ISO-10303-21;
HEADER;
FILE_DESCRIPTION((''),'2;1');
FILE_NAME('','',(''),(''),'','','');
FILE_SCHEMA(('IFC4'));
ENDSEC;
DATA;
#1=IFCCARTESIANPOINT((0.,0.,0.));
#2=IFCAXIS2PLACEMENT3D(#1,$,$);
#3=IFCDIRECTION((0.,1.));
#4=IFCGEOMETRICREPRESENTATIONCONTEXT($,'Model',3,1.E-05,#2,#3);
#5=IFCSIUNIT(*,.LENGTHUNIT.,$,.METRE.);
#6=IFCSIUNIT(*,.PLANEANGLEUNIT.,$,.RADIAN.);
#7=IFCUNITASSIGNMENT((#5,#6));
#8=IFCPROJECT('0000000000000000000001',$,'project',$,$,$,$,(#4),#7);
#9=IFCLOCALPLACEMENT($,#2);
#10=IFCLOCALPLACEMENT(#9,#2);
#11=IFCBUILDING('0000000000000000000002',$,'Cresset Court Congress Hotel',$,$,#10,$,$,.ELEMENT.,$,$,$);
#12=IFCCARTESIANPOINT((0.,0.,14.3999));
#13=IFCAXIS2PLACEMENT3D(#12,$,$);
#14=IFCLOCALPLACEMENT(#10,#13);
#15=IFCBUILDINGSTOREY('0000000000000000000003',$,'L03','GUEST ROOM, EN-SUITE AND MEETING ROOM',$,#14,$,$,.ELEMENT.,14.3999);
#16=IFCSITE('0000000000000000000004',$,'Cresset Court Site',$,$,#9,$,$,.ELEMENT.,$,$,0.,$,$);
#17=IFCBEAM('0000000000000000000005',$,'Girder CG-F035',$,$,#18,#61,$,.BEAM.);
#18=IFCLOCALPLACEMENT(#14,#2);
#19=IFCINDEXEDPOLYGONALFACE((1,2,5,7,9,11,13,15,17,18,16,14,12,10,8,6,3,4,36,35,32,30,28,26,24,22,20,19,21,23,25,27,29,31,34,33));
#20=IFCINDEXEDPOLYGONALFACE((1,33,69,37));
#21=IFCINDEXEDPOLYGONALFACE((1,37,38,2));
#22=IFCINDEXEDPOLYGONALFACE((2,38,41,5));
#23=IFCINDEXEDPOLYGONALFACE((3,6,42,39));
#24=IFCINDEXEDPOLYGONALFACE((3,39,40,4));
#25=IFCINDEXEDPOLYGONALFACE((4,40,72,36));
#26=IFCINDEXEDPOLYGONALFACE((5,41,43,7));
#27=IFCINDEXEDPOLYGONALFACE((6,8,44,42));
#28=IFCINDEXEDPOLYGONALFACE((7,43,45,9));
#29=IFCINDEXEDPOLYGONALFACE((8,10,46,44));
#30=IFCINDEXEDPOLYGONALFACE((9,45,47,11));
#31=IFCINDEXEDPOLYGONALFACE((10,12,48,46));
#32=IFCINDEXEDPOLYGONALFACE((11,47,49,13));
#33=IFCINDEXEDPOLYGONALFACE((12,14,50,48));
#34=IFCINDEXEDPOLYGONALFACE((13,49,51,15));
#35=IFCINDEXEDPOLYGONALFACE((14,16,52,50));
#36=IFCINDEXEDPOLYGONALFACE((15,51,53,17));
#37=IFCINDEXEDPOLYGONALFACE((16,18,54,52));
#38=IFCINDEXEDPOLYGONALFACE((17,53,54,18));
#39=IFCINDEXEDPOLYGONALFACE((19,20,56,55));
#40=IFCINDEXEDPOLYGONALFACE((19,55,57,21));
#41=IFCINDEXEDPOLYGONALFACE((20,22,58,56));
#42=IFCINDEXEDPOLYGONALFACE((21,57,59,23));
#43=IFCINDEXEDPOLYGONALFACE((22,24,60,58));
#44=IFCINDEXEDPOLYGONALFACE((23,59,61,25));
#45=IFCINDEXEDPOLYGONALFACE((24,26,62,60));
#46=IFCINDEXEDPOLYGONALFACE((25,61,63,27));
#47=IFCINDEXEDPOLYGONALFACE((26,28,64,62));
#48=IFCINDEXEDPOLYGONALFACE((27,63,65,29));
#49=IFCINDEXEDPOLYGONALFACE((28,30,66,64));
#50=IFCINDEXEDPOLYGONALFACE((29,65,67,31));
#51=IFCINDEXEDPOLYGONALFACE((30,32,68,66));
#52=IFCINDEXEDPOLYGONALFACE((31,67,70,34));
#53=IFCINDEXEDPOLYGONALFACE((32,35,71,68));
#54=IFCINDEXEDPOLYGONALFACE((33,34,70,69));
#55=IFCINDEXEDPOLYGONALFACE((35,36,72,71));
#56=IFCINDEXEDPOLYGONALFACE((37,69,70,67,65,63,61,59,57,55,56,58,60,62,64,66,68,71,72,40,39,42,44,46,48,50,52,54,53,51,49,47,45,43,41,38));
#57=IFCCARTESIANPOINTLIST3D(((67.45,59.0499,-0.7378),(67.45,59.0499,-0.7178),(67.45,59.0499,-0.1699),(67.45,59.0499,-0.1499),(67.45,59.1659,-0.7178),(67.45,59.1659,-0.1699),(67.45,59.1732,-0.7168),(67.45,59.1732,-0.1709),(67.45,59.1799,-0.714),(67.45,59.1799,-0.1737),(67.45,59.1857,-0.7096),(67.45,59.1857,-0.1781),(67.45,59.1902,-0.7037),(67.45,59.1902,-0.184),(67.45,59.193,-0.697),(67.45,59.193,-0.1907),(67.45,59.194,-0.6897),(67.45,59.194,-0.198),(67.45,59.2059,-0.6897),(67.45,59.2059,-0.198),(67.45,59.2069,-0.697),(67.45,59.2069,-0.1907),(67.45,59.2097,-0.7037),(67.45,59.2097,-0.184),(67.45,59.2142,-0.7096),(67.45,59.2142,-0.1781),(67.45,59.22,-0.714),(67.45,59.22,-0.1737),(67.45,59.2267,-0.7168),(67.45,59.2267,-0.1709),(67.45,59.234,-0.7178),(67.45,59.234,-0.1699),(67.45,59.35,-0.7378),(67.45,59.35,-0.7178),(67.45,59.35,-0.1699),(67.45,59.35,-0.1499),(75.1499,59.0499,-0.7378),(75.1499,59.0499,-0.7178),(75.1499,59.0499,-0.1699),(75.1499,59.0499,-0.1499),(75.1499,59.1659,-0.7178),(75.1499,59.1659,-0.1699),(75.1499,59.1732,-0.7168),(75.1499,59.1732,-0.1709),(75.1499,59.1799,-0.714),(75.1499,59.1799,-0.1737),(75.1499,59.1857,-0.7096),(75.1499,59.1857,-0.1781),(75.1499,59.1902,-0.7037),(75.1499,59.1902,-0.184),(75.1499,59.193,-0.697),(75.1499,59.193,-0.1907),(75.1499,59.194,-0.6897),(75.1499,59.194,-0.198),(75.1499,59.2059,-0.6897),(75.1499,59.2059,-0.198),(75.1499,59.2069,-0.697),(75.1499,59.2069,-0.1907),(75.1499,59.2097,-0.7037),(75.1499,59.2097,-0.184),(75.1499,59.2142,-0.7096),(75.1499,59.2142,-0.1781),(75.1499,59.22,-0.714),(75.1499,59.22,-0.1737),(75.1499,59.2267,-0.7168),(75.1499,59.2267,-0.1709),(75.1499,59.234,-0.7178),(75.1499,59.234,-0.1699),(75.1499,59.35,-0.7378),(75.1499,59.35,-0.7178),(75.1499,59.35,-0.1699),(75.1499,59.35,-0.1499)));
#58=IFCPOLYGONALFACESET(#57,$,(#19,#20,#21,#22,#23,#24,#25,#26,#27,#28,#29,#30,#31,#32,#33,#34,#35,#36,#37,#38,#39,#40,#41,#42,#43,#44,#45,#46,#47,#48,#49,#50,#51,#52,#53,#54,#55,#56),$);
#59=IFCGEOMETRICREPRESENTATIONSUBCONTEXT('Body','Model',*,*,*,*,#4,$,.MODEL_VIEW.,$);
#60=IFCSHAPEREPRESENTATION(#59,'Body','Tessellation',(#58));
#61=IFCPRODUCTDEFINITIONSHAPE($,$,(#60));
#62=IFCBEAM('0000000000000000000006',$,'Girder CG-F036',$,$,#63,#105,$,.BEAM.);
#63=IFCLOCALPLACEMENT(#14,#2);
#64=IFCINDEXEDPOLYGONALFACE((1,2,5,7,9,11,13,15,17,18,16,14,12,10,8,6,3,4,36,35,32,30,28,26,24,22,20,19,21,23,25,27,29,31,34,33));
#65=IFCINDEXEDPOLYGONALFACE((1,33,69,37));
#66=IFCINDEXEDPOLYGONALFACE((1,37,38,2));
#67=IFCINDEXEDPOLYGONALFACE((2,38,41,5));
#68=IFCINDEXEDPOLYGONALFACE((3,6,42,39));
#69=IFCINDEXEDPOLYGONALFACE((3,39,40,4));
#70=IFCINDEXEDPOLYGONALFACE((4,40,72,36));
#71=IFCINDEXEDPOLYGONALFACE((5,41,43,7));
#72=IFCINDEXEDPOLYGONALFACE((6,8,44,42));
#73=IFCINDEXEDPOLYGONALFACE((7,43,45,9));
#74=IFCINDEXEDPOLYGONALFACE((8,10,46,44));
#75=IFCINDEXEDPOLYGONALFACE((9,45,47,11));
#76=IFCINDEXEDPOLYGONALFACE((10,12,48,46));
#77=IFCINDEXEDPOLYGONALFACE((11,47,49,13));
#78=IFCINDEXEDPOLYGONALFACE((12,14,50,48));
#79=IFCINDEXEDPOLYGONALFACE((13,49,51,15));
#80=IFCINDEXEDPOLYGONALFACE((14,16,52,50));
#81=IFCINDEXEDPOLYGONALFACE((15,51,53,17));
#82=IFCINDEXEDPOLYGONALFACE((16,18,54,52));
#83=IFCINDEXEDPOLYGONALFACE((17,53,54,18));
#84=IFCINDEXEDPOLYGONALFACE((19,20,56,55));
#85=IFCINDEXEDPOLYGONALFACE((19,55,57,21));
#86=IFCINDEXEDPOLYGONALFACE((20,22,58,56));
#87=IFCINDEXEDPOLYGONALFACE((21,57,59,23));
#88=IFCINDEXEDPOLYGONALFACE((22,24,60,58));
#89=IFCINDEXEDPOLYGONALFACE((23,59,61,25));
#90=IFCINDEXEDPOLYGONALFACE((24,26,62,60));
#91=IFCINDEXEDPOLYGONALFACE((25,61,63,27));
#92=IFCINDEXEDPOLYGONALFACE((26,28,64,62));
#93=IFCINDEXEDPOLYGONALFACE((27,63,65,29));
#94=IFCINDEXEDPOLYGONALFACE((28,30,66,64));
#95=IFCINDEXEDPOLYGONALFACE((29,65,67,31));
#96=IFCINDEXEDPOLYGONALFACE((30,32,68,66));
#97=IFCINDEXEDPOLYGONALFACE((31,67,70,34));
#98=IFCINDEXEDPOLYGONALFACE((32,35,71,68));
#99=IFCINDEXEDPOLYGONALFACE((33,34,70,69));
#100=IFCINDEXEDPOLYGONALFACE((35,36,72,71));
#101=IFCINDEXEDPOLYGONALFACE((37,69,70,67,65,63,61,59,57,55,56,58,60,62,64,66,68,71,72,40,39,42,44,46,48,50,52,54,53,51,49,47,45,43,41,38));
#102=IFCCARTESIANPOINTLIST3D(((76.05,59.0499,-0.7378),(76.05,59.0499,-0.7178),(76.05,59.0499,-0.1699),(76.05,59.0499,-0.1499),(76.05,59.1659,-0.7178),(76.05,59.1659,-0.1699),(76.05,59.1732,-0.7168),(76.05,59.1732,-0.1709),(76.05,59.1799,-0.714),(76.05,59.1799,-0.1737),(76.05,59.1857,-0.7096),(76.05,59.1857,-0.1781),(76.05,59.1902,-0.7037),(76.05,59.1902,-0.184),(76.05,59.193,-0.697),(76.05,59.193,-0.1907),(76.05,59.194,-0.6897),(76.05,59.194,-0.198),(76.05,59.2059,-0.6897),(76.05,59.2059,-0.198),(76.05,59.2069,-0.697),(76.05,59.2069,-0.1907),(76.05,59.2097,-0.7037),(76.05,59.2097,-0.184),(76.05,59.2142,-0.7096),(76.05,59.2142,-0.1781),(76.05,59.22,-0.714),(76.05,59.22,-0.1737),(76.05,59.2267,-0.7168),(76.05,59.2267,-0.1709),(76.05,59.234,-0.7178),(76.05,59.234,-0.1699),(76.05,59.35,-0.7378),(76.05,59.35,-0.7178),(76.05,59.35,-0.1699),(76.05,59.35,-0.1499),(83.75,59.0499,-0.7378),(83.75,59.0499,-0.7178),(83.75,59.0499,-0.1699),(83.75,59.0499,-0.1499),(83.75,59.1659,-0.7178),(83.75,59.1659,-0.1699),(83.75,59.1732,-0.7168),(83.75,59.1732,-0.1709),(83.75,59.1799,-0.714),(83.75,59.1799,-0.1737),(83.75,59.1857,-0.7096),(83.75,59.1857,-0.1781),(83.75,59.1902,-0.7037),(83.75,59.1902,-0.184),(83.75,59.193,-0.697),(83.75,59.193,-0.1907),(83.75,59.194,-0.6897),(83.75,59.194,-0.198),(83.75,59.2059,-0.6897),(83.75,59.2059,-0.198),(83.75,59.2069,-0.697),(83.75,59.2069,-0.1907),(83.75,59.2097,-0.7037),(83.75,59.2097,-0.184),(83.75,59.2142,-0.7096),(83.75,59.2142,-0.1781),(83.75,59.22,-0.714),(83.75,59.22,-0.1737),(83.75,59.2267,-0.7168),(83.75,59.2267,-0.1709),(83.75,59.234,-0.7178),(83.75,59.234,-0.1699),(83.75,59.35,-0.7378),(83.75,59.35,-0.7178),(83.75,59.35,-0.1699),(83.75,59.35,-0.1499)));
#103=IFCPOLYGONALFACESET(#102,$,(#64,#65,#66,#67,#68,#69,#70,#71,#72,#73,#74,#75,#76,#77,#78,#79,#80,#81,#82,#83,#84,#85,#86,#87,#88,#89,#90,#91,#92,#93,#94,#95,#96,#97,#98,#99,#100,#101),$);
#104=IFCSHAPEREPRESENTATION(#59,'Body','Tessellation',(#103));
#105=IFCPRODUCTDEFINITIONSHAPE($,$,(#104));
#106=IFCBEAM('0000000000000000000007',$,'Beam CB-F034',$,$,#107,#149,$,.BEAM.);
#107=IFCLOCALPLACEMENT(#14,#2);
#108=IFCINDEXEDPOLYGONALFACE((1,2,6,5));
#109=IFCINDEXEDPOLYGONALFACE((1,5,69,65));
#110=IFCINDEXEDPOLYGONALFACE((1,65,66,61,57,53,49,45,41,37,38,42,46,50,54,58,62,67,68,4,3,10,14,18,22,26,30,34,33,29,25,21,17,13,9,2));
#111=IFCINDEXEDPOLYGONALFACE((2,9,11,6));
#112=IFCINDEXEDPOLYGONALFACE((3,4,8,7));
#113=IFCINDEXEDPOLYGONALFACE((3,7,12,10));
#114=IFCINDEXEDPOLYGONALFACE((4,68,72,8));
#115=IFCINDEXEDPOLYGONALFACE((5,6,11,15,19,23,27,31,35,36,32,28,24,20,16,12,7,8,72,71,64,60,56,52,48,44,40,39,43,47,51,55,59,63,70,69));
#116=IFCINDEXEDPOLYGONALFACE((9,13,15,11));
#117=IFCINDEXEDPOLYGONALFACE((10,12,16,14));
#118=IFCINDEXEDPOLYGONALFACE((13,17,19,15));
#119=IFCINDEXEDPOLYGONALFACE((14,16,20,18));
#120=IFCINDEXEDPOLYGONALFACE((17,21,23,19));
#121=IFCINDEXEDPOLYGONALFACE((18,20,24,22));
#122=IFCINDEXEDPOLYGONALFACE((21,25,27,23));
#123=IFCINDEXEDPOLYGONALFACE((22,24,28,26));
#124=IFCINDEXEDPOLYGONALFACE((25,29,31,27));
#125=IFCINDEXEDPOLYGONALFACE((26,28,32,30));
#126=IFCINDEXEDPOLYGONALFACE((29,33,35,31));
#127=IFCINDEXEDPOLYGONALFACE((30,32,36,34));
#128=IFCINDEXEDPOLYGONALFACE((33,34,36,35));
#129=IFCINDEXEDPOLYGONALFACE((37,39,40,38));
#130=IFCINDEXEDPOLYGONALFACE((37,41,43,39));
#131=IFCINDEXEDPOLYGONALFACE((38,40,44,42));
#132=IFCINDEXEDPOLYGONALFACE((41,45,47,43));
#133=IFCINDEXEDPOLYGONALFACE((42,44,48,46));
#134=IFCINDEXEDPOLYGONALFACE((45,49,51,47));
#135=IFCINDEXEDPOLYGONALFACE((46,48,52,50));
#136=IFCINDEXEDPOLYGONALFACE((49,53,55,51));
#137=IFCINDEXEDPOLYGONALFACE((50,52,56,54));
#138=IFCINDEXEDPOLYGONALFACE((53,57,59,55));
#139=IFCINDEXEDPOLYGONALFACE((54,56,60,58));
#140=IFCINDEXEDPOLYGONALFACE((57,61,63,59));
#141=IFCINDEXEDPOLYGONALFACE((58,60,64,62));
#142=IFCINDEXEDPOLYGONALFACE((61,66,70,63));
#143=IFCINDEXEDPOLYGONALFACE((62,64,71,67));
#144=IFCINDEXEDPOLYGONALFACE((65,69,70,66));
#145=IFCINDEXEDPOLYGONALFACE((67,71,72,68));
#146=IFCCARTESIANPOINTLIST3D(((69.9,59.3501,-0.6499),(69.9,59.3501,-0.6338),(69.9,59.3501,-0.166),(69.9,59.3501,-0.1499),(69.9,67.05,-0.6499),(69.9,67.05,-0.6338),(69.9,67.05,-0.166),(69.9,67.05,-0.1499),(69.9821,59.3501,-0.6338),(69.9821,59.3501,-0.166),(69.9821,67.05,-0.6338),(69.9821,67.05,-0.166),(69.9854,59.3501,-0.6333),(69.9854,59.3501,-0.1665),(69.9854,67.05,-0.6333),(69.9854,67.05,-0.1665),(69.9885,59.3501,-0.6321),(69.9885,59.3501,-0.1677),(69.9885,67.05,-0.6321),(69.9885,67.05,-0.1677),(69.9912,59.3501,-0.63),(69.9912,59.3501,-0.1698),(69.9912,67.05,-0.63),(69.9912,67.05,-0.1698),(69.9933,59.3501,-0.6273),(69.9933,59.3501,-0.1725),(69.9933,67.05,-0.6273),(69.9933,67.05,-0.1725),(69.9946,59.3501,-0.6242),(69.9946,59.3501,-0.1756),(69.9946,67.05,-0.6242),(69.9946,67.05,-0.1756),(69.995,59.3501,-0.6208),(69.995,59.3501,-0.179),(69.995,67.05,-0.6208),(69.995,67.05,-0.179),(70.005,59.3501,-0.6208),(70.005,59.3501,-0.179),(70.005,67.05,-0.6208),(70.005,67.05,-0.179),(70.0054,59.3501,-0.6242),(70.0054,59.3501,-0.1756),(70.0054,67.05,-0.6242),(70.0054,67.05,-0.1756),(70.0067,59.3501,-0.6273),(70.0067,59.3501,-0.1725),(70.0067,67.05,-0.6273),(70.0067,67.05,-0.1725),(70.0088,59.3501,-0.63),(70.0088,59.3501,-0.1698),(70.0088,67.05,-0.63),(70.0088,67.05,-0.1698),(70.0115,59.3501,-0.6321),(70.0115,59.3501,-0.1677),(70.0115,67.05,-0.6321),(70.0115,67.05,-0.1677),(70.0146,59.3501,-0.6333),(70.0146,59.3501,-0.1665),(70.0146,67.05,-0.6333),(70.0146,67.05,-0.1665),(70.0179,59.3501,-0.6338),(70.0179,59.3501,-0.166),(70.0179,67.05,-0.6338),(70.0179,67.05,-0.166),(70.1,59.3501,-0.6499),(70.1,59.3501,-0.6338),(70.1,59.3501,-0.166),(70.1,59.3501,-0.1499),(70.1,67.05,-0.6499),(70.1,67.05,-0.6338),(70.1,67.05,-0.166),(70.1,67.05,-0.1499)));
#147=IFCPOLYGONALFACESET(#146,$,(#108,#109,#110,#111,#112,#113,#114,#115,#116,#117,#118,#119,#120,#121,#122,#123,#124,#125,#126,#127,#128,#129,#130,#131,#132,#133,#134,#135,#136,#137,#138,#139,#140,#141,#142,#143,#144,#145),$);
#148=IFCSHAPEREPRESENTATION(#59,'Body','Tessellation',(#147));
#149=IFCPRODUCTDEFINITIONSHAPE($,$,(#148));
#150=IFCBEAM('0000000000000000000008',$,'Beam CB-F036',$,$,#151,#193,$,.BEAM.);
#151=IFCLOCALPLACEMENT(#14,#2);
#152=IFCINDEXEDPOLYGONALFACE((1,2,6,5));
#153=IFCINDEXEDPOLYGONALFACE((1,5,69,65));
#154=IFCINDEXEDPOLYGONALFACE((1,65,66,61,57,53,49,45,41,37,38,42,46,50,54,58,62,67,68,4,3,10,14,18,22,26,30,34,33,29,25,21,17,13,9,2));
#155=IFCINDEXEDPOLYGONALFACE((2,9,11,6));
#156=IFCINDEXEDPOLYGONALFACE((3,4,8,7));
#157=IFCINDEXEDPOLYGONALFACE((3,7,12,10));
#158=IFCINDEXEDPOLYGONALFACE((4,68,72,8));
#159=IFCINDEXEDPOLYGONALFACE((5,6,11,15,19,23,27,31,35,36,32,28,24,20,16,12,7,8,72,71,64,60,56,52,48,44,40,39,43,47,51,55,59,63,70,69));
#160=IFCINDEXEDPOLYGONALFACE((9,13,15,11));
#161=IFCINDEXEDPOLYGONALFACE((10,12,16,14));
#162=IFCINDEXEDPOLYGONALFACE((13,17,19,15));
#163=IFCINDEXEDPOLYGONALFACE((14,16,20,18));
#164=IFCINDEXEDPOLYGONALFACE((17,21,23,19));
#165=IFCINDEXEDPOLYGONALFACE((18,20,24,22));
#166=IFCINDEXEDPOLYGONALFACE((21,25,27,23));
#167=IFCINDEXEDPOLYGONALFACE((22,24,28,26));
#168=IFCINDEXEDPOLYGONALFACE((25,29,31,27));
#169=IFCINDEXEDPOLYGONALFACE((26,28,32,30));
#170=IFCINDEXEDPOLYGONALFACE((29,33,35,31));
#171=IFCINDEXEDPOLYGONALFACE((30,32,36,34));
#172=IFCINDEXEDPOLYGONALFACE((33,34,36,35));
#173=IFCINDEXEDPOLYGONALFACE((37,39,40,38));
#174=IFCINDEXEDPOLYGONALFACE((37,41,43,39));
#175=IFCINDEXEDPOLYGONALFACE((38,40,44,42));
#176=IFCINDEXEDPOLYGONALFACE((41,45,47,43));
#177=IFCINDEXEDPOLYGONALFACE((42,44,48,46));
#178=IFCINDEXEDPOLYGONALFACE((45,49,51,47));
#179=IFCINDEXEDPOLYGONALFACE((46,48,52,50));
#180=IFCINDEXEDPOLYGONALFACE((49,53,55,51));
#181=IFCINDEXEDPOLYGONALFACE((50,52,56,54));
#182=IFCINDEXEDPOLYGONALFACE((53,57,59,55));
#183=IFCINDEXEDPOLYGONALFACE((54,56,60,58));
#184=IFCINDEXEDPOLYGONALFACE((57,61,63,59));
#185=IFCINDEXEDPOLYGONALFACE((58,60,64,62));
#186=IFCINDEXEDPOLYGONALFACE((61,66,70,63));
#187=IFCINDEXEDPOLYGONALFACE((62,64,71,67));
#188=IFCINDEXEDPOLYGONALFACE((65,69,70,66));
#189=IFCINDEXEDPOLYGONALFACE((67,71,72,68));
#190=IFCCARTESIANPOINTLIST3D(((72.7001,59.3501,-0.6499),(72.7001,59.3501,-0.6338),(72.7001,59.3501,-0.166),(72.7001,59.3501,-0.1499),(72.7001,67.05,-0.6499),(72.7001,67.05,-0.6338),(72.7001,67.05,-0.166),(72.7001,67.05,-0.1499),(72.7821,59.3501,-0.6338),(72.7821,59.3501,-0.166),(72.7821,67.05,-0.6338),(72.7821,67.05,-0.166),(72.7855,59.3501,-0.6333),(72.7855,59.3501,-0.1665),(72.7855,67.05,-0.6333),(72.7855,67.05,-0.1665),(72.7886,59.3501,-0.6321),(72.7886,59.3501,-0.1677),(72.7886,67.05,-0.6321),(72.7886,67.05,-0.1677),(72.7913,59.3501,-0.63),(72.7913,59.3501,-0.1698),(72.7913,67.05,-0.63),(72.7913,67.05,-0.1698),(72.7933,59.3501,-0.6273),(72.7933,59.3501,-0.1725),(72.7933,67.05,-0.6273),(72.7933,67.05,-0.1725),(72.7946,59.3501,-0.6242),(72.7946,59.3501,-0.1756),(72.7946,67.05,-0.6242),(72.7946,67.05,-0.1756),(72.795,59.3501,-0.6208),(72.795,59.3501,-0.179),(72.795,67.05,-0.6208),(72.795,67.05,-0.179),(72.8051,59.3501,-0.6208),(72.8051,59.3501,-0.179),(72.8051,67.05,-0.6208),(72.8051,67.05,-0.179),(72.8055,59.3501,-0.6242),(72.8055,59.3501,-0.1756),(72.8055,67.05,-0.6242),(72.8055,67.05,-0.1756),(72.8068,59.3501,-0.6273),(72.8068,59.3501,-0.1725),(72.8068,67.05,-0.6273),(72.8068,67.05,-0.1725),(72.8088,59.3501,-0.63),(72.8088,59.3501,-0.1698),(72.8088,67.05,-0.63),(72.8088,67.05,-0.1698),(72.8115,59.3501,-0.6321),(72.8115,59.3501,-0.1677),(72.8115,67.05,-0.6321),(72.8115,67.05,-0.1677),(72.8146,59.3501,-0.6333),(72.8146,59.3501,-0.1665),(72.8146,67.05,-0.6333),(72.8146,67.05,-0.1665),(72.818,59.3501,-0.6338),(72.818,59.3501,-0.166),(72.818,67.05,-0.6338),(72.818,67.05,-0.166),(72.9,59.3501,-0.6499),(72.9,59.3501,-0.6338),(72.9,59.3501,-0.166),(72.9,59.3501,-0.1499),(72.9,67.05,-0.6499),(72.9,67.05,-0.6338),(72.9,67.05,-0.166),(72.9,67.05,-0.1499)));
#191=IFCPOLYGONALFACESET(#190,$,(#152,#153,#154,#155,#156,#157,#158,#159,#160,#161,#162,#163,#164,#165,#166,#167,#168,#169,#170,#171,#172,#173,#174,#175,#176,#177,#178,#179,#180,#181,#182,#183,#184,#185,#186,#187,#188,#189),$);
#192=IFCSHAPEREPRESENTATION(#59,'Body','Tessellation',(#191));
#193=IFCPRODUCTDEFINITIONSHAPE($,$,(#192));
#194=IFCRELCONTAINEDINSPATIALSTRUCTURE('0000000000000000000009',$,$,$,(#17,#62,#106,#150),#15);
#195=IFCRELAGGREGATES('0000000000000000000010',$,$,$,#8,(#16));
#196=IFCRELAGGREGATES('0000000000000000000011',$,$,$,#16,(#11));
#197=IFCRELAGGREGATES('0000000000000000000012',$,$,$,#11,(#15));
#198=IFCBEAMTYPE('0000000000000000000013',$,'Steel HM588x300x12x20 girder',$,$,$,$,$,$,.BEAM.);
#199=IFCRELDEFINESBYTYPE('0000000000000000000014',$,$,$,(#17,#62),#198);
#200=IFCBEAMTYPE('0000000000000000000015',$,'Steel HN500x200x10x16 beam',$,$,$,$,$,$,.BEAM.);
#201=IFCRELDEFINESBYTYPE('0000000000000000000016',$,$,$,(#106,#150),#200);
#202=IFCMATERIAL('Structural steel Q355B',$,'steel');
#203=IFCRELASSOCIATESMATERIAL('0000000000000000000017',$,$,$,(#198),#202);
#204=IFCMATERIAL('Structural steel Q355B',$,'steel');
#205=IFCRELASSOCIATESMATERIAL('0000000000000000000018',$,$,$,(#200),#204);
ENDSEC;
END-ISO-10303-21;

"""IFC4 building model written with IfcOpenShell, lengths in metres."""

from ifc_helpers import new_model, si_unit, direction, frame, origin, origin_2d, place, context, subcontext, project, spatial, i_section, extrude, material, material_profile, profile_set, type_object, element, save


model = new_model("IFC4")

# Units and contexts
model_context = context("Model", 3, precision=1e-05, world=origin(), true_north=direction((0.0, 1.0)))
body_context = subcontext(model_context, "Body", "Model", "MODEL_VIEW")
ifc_project = project(units=[si_unit("LENGTHUNIT", "METRE"), si_unit("PLANEANGLEUNIT", "RADIAN")], contexts=[model_context])

# Site, building, storey
site_placement = place(None, origin())
site = spatial("IfcSite", under=ifc_project, at=site_placement, Name="Cresset Court Site", CompositionType="ELEMENT", RefElevation=0.0)
building_placement = place(site_placement, origin())
building = spatial("IfcBuilding", under=site, at=building_placement, Name="Cresset Court Congress Hotel", CompositionType="ELEMENT")
storey_placement = place(building_placement, frame((0.0, 0.0, 14.3999)))
storey = spatial("IfcBuildingStorey", under=building, at=storey_placement, Name="L03", Description="GUEST ROOM, EN-SUITE AND MEETING ROOM", CompositionType="ELEMENT", Elevation=14.3999)

# Beams
ifc_material_1 = material(Name="Structural steel Q355B", Category="steel")
ifc_material_profile_1 = material_profile(ifc_material_1, i_section(OverallWidth=0.3, OverallDepth=0.5879, WebThickness=0.012, FlangeThickness=0.02, FilletRadius=0.0281, at=origin_2d()), Name="HM588x300x12x20")
ifc_profile_set_1 = profile_set([ifc_material_profile_1], Name="Structural steel Q355B")
beam_type_1 = type_object("IfcBeamType", Name="Steel HM588x300x12x20 girder", PredefinedType="BEAM", material=ifc_profile_set_1)
for number, where, z_axis, x_axis, name in (
    (1, (67.45, 59.2, -0.4438), (1.0, 0.0, 0.0), (0.0, 1.0, 0.0), "Girder CG-F035"),
    (2, (76.05, 59.2, -0.4438), (1.0, 0.0, 0.0), (0.0, 1.0, 0.0), "Girder CG-F036"),
):
    element("IfcBeam", number, at=place(storey_placement, frame(where, z_axis=z_axis, x_axis=x_axis)), inside=storey, type_object=beam_type_1, Name=name, PredefinedType="BEAM", context=body_context, shape_type="SweptSolid", body=[
        extrude(i_section(OverallWidth=0.3, OverallDepth=0.5879, WebThickness=0.012, FlangeThickness=0.02, FilletRadius=0.0281, at=origin_2d()), origin(), (0.0, 0.0, 1.0), 7.7),
    ])
ifc_material_2 = material(Name="Structural steel Q355B", Category="steel")
ifc_material_profile_2 = material_profile(ifc_material_2, i_section(OverallWidth=0.2, OverallDepth=0.5, WebThickness=0.01, FlangeThickness=0.0161, FilletRadius=0.0129, at=origin_2d()), Name="HN500x200x10x16")
ifc_profile_set_2 = profile_set([ifc_material_profile_2], Name="Structural steel Q355B")
beam_type_2 = type_object("IfcBeamType", Name="Steel HN500x200x10x16 beam", PredefinedType="BEAM", material=ifc_profile_set_2)
for number, where, z_axis, x_axis, name in (
    (3, (70.0, 59.3501, -0.3999), (0.0, 1.0, 0.0), (-1.0, 0.0, 0.0), "Beam CB-F034"),
    (4, (72.8, 59.3501, -0.3999), (0.0, 1.0, 0.0), (-1.0, 0.0, 0.0), "Beam CB-F036"),
):
    element("IfcBeam", number, at=place(storey_placement, frame(where, z_axis=z_axis, x_axis=x_axis)), inside=storey, type_object=beam_type_2, Name=name, PredefinedType="BEAM", context=body_context, shape_type="SweptSolid", body=[
        extrude(i_section(OverallWidth=0.2, OverallDepth=0.5, WebThickness=0.01, FlangeThickness=0.0161, FilletRadius=0.0129, at=origin_2d()), origin(), (0.0, 0.0, 1.0), 7.7),
    ])

save(model, "model.ifc")
